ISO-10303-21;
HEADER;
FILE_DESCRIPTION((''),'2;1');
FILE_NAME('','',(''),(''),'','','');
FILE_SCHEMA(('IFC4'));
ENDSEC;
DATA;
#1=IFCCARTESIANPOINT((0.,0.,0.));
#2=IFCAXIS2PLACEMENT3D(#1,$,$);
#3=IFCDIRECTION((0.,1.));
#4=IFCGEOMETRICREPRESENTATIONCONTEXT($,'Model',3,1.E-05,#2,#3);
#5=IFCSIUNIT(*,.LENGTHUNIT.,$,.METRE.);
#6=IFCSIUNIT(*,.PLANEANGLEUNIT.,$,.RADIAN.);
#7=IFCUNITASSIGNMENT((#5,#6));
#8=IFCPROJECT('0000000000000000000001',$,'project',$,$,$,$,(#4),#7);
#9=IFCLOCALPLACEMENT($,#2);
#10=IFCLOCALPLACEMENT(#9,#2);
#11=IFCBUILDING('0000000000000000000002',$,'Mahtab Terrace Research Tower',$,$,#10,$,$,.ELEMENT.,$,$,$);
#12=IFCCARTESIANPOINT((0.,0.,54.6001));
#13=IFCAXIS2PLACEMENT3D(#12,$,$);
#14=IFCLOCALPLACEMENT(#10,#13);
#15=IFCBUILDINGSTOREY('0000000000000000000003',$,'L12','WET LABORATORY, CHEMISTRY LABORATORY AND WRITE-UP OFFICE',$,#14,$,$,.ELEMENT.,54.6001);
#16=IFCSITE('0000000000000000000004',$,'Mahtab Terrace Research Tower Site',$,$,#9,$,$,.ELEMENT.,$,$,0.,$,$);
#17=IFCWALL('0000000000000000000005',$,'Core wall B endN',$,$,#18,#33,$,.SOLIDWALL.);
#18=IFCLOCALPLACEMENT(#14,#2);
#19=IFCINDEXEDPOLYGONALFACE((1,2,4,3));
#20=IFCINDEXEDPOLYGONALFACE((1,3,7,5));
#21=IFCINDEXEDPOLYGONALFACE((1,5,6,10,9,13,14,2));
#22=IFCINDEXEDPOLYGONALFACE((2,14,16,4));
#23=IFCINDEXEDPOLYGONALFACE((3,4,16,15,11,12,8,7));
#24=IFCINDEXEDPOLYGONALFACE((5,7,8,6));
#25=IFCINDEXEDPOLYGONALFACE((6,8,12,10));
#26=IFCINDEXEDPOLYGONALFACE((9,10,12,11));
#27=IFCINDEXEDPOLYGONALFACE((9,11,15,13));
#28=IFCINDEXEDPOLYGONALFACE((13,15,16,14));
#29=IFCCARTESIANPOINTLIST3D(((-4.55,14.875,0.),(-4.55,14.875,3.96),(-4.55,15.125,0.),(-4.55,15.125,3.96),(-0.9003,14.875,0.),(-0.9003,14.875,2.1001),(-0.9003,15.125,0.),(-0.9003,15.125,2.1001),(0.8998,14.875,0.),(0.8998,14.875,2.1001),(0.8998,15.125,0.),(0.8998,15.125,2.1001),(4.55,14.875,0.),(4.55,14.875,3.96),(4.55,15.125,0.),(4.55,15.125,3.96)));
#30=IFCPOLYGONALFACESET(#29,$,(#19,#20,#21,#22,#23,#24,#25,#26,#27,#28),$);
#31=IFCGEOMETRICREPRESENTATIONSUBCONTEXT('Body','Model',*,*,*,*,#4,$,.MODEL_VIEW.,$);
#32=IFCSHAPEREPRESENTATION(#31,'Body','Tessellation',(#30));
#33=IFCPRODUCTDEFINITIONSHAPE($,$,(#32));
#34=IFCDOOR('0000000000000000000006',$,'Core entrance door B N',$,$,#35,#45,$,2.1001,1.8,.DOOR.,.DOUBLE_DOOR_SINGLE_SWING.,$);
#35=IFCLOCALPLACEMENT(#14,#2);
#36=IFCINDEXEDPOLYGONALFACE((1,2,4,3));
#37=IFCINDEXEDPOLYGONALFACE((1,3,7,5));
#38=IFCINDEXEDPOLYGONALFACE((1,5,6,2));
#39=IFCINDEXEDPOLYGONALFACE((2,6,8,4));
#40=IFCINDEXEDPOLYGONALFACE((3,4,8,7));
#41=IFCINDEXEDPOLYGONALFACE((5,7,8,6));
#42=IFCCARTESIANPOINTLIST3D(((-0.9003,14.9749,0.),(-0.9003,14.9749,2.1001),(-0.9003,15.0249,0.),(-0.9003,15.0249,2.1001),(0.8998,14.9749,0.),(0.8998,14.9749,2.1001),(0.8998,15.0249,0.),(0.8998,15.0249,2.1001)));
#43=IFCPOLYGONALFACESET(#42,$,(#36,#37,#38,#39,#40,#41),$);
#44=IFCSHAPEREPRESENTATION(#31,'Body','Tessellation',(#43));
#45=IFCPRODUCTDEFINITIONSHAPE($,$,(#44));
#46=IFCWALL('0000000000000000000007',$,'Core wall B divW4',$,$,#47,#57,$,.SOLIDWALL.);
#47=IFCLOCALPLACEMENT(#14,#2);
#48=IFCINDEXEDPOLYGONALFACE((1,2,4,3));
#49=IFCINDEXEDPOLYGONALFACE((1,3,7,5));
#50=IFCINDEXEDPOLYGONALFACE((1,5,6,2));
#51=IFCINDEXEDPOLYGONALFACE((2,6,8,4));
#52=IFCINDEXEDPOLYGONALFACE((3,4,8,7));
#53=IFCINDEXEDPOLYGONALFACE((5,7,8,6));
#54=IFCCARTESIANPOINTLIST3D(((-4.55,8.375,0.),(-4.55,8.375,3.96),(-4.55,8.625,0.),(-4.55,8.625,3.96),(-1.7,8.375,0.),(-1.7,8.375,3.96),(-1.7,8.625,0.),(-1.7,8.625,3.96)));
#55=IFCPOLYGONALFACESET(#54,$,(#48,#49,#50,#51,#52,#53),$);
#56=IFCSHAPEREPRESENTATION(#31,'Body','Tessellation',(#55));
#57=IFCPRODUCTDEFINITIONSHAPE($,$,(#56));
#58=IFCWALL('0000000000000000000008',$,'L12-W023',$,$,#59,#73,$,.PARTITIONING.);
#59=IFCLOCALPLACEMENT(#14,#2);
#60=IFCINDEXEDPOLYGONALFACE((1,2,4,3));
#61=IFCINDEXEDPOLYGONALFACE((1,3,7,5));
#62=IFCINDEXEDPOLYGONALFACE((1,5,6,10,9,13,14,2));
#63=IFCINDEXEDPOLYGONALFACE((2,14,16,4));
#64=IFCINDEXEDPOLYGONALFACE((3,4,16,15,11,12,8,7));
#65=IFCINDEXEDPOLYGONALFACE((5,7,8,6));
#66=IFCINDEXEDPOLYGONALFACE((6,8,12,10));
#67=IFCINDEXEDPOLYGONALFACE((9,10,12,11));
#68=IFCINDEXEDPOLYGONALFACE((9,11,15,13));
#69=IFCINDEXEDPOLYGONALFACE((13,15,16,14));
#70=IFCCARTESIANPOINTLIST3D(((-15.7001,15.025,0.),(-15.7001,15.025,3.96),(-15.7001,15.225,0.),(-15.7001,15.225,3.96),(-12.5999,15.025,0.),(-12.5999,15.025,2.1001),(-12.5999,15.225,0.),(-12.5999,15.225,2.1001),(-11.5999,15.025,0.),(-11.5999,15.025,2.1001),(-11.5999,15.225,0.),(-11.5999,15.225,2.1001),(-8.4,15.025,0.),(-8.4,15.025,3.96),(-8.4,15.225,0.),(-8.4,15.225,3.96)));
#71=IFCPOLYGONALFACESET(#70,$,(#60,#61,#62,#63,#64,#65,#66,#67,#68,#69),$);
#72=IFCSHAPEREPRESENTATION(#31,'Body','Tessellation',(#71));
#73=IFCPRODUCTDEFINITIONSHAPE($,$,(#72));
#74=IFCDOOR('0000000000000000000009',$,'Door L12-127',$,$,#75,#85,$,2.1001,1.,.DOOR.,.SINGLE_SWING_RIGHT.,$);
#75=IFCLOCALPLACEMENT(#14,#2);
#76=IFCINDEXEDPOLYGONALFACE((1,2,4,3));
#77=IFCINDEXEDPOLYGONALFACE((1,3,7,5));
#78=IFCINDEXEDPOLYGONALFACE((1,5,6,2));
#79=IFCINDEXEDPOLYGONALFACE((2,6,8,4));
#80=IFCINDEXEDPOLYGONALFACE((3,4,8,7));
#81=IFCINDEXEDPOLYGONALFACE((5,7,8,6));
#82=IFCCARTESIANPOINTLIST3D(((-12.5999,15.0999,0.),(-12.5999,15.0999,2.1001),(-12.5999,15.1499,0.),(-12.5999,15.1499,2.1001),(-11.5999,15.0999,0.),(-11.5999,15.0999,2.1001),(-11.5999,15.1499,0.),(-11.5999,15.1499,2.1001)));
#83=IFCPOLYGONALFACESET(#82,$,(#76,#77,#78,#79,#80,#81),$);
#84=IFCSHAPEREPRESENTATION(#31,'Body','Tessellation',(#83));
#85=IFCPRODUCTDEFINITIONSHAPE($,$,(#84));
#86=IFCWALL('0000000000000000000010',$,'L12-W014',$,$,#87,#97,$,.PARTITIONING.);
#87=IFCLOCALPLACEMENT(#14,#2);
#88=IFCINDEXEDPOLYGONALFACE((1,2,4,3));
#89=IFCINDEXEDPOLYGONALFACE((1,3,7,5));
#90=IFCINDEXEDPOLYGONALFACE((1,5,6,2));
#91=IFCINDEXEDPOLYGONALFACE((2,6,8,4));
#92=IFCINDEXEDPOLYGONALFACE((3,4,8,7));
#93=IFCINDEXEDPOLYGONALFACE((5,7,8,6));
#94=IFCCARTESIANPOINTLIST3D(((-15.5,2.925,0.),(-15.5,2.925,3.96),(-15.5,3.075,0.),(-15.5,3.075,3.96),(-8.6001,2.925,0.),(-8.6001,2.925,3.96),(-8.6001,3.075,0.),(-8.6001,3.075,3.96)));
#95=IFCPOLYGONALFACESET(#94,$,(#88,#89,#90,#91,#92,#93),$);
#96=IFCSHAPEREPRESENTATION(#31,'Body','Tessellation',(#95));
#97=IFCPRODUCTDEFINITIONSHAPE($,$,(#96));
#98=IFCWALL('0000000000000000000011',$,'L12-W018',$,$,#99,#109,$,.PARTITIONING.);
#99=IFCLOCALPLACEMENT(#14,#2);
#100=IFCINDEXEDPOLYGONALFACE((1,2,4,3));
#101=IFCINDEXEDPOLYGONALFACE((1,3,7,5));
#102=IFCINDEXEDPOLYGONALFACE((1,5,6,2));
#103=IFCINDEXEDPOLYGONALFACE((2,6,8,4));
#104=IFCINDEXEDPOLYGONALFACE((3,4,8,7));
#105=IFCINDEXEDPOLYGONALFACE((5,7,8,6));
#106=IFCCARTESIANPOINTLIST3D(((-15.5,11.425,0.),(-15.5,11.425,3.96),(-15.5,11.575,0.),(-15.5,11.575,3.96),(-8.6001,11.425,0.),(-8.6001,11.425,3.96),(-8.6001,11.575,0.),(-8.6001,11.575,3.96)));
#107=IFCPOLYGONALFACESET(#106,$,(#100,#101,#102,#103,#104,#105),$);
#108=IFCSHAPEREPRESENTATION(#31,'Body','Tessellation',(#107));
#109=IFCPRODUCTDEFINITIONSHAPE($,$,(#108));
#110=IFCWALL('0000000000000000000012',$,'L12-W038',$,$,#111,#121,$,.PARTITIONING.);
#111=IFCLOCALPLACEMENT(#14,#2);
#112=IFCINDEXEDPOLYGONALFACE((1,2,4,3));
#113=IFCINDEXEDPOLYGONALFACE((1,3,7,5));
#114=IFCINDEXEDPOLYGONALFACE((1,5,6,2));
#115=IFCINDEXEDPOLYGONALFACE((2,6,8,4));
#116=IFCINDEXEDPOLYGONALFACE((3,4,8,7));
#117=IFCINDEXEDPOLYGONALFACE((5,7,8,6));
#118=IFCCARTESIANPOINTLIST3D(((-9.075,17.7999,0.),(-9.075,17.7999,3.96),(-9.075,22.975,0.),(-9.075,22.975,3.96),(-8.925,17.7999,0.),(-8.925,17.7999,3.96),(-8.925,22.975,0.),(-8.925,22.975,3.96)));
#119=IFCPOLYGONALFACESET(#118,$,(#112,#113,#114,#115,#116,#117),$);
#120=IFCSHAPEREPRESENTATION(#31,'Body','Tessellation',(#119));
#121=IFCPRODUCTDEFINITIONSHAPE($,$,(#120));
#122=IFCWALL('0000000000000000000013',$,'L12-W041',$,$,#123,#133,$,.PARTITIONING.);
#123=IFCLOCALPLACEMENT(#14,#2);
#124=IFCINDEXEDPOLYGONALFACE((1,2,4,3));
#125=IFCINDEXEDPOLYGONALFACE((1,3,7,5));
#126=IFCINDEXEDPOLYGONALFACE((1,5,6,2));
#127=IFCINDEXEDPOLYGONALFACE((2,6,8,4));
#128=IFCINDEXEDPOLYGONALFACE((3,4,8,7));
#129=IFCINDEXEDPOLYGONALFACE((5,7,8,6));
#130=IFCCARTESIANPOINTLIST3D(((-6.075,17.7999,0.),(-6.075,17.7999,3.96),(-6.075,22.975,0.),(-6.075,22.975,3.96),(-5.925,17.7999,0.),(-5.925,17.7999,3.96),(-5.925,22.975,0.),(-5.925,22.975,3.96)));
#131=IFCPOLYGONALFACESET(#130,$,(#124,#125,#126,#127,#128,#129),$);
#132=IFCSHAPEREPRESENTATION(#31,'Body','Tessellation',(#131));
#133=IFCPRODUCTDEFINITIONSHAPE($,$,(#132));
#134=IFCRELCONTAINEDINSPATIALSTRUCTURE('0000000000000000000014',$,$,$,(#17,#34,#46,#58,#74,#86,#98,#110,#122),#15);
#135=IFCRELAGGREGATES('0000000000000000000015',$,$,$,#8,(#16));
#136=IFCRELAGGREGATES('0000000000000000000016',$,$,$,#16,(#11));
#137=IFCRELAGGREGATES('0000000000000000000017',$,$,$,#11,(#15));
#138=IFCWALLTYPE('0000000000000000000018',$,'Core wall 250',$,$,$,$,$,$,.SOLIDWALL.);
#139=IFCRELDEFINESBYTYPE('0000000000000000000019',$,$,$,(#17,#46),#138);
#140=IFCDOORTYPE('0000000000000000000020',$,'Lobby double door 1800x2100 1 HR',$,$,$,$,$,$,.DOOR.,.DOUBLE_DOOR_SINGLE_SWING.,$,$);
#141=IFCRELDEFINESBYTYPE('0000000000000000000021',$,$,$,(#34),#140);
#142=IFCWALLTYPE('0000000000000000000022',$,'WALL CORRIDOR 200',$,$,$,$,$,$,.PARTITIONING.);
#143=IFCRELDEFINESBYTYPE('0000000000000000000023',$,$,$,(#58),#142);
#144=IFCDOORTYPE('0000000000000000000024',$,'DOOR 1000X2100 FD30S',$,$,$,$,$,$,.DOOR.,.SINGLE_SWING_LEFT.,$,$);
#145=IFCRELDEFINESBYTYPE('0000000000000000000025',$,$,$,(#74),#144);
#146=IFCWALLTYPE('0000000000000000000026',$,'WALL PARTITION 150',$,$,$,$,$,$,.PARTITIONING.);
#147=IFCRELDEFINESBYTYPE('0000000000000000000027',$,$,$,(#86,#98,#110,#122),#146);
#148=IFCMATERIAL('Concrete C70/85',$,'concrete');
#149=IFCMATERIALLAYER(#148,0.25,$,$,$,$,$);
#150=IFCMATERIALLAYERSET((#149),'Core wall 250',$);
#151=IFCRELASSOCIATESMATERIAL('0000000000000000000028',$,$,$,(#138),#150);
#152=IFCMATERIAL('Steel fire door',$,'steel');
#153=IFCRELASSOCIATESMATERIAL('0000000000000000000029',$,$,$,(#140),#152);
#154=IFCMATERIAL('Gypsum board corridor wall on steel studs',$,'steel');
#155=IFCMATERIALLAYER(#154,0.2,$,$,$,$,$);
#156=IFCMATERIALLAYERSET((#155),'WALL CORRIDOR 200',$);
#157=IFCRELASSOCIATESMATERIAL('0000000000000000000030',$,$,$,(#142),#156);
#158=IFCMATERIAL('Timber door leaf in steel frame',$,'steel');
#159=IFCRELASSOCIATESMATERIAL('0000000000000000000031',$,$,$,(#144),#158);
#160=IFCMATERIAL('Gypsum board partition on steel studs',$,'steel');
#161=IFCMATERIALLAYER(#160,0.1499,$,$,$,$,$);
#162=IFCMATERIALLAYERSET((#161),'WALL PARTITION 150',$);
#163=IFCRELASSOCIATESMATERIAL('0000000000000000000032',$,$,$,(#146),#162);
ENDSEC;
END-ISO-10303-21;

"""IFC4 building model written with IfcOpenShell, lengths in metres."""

from ifc_helpers import new_model, si_unit, direction, frame, frame_2d, origin, place, context, subcontext, project, spatial, rectangle, extrude, material, layer, layer_set, type_object, element, fill, save


model = new_model("IFC4")

# Units and contexts
model_context = context("Model", 3, precision=1e-05, world=origin(), true_north=direction((0.0, 1.0)))
body_context = subcontext(model_context, "Body", "Model", "MODEL_VIEW")
ifc_project = project(units=[si_unit("LENGTHUNIT", "METRE"), si_unit("PLANEANGLEUNIT", "RADIAN")], contexts=[model_context])

# Site, building, storey
site_placement = place(None, origin())
site = spatial("IfcSite", under=ifc_project, at=site_placement, Name="Mahtab Terrace Research Tower Site", CompositionType="ELEMENT", RefElevation=0.0)
building_placement = place(site_placement, origin())
building = spatial("IfcBuilding", under=site, at=building_placement, Name="Mahtab Terrace Research Tower", CompositionType="ELEMENT")
storey_placement = place(building_placement, frame((0.0, 0.0, 54.6001)))
storey = spatial("IfcBuildingStorey", under=building, at=storey_placement, Name="L12", Description="WET LABORATORY, CHEMISTRY LABORATORY AND WRITE-UP OFFICE", CompositionType="ELEMENT", Elevation=54.6001)

# Shared definitions
ifc_material_1 = material(Name="Concrete C70/85", Category="concrete")

# Shared definitions
ifc_layer_1 = layer(ifc_material_1, 0.25)
ifc_layer_set_1 = layer_set([ifc_layer_1], Name="Core wall 250")
wall_type_1 = type_object("IfcWallType", Name="Core wall 250", PredefinedType="SOLIDWALL", material=ifc_layer_set_1)

# Wall, opening, door
wall_1_placement = place(storey_placement, frame((-4.55, 15.0, 0.0), z_axis=(0.0, 0.0, 1.0), x_axis=(1.0, 0.0, 0.0)))
wall_1 = element("IfcWall", 1, at=wall_1_placement, inside=storey, type_object=wall_type_1, Name="Core wall B endN", PredefinedType="SOLIDWALL", context=body_context, shape_type="SweptSolid", body=[
    extrude(rectangle(XDim=9.1001, YDim=0.25, at=frame_2d((4.55, 0.0))), origin(), (0.0, 0.0, 1.0), 3.96),
])
opening_1_placement = place(wall_1_placement, frame((3.6499, 0.0, 0.0)))
opening_1 = element("IfcOpeningElement", 2, at=opening_1_placement, cuts=wall_1, PredefinedType="OPENING", context=body_context, shape_type="SweptSolid", body=[
    extrude(rectangle(XDim=1.8, YDim=2.1001, at=frame_2d((0.8999, 1.05))), frame((0.0, 0.135, 0.0), z_axis=(0.0, -1.0, 0.0), x_axis=(1.0, 0.0, 0.0)), (0.0, 0.0, 1.0), 0.27),
])
ifc_material_2 = material(Name="Steel fire door", Category="steel")
door_type_1 = type_object("IfcDoorType", Name="Lobby double door 1800x2100 1 HR", OperationType="DOUBLE_DOOR_SINGLE_SWING", PredefinedType="DOOR", material=ifc_material_2)
door_1_placement = place(opening_1_placement, origin())
door_1 = element("IfcDoor", 3, at=door_1_placement, inside=storey, type_object=door_type_1, Name="Core entrance door B N", OperationType="DOUBLE_DOOR_SINGLE_SWING", OverallHeight=2.1001, OverallWidth=1.8, PredefinedType="DOOR", context=body_context, shape_type="SweptSolid", body=[
    extrude(rectangle(XDim=1.8, YDim=2.1001, at=frame_2d((0.8999, 1.05))), frame((0.0, 0.0249, 0.0), z_axis=(0.0, -1.0, 0.0), x_axis=(1.0, 0.0, 0.0)), (0.0, 0.0, 1.0), 0.05),
])
fill(opening_1, door_1)

# Wall
wall_2_placement = place(storey_placement, frame((-4.55, 8.5, 0.0), z_axis=(0.0, 0.0, 1.0), x_axis=(1.0, 0.0, 0.0)))
element("IfcWall", 4, at=wall_2_placement, inside=storey, type_object=wall_type_1, Name="Core wall B divW4", PredefinedType="SOLIDWALL", context=body_context, shape_type="SweptSolid", body=[
    extrude(rectangle(XDim=2.8501, YDim=0.25, at=frame_2d((1.425, 0.0))), origin(), (0.0, 0.0, 1.0), 3.96),
])

# Wall, opening, door
ifc_material_3 = material(Name="Gypsum board corridor wall on steel studs", Category="steel")
ifc_layer_2 = layer(ifc_material_3, 0.2)
ifc_layer_set_2 = layer_set([ifc_layer_2], Name="WALL CORRIDOR 200")
wall_type_2 = type_object("IfcWallType", Name="WALL CORRIDOR 200", PredefinedType="PARTITIONING", material=ifc_layer_set_2)
wall_3_placement = place(storey_placement, frame((-15.7, 15.125, 0.0), z_axis=(0.0, 0.0, 1.0), x_axis=(1.0, 0.0, 0.0)))
wall_3 = element("IfcWall", 5, at=wall_3_placement, inside=storey, type_object=wall_type_2, Name="L12-W023", PredefinedType="PARTITIONING", context=body_context, shape_type="SweptSolid", body=[
    extrude(rectangle(XDim=7.3, YDim=0.2, at=frame_2d((3.6499, 0.0))), origin(), (0.0, 0.0, 1.0), 3.96),
])
opening_2_placement = place(wall_3_placement, frame((3.1001, 0.0, 0.0)))
opening_2 = element("IfcOpeningElement", 6, at=opening_2_placement, cuts=wall_3, PredefinedType="OPENING", context=body_context, shape_type="SweptSolid", body=[
    extrude(rectangle(XDim=1.0, YDim=2.1001, at=frame_2d((0.5, 1.05))), frame((0.0, 0.1099, 0.0), z_axis=(0.0, -1.0, 0.0), x_axis=(1.0, 0.0, 0.0)), (0.0, 0.0, 1.0), 0.22),
])
ifc_material_4 = material(Name="Timber door leaf in steel frame", Category="steel")
door_type_2 = type_object("IfcDoorType", Name="DOOR 1000X2100 FD30S", OperationType="SINGLE_SWING_LEFT", PredefinedType="DOOR", material=ifc_material_4)
door_2_placement = place(opening_2_placement, origin())
door_2 = element("IfcDoor", 7, at=door_2_placement, inside=storey, type_object=door_type_2, Name="Door L12-127", OperationType="SINGLE_SWING_RIGHT", OverallHeight=2.1001, OverallWidth=1.0, PredefinedType="DOOR", context=body_context, shape_type="SweptSolid", body=[
    extrude(rectangle(XDim=1.0, YDim=2.1001, at=frame_2d((0.5, 1.05))), frame((0.0, 0.0249, 0.0), z_axis=(0.0, -1.0, 0.0), x_axis=(1.0, 0.0, 0.0)), (0.0, 0.0, 1.0), 0.05),
])
fill(opening_2, door_2)

# Walls
ifc_material_5 = material(Name="Gypsum board partition on steel studs", Category="steel")
ifc_layer_3 = layer(ifc_material_5, 0.1499)
ifc_layer_set_3 = layer_set([ifc_layer_3], Name="WALL PARTITION 150")
wall_type_3 = type_object("IfcWallType", Name="WALL PARTITION 150", PredefinedType="PARTITIONING", material=ifc_layer_set_3)
for number, where, z_axis, x_axis, name in (
    (8, (-15.5, 3.0, 0.0), (0.0, 0.0, 1.0), (1.0, 0.0, 0.0), "L12-W014"),
    (9, (-15.5, 11.5, 0.0), (0.0, 0.0, 1.0), (1.0, 0.0, 0.0), "L12-W018"),
):
    element("IfcWall", number, at=place(storey_placement, frame(where, z_axis=z_axis, x_axis=x_axis)), inside=storey, type_object=wall_type_3, Name=name, PredefinedType="PARTITIONING", context=body_context, shape_type="SweptSolid", body=[
        extrude(rectangle(XDim=6.8999, YDim=0.1499, at=frame_2d((3.45, 0.0))), origin(), (0.0, 0.0, 1.0), 3.96),
    ])
for number, where, z_axis, x_axis, name in (
    (10, (-9.0, 17.8, 0.0), (0.0, 0.0, 1.0), (0.0, 1.0, 0.0), "L12-W038"),
    (11, (-6.0, 17.8, 0.0), (0.0, 0.0, 1.0), (0.0, 1.0, 0.0), "L12-W041"),
):
    element("IfcWall", number, at=place(storey_placement, frame(where, z_axis=z_axis, x_axis=x_axis)), inside=storey, type_object=wall_type_3, Name=name, PredefinedType="PARTITIONING", context=body_context, shape_type="SweptSolid", body=[
        extrude(rectangle(XDim=5.175, YDim=0.1499, at=frame_2d((2.5874, 0.0))), origin(), (0.0, 0.0, 1.0), 3.96),
    ])

save(model, "model.ifc")
